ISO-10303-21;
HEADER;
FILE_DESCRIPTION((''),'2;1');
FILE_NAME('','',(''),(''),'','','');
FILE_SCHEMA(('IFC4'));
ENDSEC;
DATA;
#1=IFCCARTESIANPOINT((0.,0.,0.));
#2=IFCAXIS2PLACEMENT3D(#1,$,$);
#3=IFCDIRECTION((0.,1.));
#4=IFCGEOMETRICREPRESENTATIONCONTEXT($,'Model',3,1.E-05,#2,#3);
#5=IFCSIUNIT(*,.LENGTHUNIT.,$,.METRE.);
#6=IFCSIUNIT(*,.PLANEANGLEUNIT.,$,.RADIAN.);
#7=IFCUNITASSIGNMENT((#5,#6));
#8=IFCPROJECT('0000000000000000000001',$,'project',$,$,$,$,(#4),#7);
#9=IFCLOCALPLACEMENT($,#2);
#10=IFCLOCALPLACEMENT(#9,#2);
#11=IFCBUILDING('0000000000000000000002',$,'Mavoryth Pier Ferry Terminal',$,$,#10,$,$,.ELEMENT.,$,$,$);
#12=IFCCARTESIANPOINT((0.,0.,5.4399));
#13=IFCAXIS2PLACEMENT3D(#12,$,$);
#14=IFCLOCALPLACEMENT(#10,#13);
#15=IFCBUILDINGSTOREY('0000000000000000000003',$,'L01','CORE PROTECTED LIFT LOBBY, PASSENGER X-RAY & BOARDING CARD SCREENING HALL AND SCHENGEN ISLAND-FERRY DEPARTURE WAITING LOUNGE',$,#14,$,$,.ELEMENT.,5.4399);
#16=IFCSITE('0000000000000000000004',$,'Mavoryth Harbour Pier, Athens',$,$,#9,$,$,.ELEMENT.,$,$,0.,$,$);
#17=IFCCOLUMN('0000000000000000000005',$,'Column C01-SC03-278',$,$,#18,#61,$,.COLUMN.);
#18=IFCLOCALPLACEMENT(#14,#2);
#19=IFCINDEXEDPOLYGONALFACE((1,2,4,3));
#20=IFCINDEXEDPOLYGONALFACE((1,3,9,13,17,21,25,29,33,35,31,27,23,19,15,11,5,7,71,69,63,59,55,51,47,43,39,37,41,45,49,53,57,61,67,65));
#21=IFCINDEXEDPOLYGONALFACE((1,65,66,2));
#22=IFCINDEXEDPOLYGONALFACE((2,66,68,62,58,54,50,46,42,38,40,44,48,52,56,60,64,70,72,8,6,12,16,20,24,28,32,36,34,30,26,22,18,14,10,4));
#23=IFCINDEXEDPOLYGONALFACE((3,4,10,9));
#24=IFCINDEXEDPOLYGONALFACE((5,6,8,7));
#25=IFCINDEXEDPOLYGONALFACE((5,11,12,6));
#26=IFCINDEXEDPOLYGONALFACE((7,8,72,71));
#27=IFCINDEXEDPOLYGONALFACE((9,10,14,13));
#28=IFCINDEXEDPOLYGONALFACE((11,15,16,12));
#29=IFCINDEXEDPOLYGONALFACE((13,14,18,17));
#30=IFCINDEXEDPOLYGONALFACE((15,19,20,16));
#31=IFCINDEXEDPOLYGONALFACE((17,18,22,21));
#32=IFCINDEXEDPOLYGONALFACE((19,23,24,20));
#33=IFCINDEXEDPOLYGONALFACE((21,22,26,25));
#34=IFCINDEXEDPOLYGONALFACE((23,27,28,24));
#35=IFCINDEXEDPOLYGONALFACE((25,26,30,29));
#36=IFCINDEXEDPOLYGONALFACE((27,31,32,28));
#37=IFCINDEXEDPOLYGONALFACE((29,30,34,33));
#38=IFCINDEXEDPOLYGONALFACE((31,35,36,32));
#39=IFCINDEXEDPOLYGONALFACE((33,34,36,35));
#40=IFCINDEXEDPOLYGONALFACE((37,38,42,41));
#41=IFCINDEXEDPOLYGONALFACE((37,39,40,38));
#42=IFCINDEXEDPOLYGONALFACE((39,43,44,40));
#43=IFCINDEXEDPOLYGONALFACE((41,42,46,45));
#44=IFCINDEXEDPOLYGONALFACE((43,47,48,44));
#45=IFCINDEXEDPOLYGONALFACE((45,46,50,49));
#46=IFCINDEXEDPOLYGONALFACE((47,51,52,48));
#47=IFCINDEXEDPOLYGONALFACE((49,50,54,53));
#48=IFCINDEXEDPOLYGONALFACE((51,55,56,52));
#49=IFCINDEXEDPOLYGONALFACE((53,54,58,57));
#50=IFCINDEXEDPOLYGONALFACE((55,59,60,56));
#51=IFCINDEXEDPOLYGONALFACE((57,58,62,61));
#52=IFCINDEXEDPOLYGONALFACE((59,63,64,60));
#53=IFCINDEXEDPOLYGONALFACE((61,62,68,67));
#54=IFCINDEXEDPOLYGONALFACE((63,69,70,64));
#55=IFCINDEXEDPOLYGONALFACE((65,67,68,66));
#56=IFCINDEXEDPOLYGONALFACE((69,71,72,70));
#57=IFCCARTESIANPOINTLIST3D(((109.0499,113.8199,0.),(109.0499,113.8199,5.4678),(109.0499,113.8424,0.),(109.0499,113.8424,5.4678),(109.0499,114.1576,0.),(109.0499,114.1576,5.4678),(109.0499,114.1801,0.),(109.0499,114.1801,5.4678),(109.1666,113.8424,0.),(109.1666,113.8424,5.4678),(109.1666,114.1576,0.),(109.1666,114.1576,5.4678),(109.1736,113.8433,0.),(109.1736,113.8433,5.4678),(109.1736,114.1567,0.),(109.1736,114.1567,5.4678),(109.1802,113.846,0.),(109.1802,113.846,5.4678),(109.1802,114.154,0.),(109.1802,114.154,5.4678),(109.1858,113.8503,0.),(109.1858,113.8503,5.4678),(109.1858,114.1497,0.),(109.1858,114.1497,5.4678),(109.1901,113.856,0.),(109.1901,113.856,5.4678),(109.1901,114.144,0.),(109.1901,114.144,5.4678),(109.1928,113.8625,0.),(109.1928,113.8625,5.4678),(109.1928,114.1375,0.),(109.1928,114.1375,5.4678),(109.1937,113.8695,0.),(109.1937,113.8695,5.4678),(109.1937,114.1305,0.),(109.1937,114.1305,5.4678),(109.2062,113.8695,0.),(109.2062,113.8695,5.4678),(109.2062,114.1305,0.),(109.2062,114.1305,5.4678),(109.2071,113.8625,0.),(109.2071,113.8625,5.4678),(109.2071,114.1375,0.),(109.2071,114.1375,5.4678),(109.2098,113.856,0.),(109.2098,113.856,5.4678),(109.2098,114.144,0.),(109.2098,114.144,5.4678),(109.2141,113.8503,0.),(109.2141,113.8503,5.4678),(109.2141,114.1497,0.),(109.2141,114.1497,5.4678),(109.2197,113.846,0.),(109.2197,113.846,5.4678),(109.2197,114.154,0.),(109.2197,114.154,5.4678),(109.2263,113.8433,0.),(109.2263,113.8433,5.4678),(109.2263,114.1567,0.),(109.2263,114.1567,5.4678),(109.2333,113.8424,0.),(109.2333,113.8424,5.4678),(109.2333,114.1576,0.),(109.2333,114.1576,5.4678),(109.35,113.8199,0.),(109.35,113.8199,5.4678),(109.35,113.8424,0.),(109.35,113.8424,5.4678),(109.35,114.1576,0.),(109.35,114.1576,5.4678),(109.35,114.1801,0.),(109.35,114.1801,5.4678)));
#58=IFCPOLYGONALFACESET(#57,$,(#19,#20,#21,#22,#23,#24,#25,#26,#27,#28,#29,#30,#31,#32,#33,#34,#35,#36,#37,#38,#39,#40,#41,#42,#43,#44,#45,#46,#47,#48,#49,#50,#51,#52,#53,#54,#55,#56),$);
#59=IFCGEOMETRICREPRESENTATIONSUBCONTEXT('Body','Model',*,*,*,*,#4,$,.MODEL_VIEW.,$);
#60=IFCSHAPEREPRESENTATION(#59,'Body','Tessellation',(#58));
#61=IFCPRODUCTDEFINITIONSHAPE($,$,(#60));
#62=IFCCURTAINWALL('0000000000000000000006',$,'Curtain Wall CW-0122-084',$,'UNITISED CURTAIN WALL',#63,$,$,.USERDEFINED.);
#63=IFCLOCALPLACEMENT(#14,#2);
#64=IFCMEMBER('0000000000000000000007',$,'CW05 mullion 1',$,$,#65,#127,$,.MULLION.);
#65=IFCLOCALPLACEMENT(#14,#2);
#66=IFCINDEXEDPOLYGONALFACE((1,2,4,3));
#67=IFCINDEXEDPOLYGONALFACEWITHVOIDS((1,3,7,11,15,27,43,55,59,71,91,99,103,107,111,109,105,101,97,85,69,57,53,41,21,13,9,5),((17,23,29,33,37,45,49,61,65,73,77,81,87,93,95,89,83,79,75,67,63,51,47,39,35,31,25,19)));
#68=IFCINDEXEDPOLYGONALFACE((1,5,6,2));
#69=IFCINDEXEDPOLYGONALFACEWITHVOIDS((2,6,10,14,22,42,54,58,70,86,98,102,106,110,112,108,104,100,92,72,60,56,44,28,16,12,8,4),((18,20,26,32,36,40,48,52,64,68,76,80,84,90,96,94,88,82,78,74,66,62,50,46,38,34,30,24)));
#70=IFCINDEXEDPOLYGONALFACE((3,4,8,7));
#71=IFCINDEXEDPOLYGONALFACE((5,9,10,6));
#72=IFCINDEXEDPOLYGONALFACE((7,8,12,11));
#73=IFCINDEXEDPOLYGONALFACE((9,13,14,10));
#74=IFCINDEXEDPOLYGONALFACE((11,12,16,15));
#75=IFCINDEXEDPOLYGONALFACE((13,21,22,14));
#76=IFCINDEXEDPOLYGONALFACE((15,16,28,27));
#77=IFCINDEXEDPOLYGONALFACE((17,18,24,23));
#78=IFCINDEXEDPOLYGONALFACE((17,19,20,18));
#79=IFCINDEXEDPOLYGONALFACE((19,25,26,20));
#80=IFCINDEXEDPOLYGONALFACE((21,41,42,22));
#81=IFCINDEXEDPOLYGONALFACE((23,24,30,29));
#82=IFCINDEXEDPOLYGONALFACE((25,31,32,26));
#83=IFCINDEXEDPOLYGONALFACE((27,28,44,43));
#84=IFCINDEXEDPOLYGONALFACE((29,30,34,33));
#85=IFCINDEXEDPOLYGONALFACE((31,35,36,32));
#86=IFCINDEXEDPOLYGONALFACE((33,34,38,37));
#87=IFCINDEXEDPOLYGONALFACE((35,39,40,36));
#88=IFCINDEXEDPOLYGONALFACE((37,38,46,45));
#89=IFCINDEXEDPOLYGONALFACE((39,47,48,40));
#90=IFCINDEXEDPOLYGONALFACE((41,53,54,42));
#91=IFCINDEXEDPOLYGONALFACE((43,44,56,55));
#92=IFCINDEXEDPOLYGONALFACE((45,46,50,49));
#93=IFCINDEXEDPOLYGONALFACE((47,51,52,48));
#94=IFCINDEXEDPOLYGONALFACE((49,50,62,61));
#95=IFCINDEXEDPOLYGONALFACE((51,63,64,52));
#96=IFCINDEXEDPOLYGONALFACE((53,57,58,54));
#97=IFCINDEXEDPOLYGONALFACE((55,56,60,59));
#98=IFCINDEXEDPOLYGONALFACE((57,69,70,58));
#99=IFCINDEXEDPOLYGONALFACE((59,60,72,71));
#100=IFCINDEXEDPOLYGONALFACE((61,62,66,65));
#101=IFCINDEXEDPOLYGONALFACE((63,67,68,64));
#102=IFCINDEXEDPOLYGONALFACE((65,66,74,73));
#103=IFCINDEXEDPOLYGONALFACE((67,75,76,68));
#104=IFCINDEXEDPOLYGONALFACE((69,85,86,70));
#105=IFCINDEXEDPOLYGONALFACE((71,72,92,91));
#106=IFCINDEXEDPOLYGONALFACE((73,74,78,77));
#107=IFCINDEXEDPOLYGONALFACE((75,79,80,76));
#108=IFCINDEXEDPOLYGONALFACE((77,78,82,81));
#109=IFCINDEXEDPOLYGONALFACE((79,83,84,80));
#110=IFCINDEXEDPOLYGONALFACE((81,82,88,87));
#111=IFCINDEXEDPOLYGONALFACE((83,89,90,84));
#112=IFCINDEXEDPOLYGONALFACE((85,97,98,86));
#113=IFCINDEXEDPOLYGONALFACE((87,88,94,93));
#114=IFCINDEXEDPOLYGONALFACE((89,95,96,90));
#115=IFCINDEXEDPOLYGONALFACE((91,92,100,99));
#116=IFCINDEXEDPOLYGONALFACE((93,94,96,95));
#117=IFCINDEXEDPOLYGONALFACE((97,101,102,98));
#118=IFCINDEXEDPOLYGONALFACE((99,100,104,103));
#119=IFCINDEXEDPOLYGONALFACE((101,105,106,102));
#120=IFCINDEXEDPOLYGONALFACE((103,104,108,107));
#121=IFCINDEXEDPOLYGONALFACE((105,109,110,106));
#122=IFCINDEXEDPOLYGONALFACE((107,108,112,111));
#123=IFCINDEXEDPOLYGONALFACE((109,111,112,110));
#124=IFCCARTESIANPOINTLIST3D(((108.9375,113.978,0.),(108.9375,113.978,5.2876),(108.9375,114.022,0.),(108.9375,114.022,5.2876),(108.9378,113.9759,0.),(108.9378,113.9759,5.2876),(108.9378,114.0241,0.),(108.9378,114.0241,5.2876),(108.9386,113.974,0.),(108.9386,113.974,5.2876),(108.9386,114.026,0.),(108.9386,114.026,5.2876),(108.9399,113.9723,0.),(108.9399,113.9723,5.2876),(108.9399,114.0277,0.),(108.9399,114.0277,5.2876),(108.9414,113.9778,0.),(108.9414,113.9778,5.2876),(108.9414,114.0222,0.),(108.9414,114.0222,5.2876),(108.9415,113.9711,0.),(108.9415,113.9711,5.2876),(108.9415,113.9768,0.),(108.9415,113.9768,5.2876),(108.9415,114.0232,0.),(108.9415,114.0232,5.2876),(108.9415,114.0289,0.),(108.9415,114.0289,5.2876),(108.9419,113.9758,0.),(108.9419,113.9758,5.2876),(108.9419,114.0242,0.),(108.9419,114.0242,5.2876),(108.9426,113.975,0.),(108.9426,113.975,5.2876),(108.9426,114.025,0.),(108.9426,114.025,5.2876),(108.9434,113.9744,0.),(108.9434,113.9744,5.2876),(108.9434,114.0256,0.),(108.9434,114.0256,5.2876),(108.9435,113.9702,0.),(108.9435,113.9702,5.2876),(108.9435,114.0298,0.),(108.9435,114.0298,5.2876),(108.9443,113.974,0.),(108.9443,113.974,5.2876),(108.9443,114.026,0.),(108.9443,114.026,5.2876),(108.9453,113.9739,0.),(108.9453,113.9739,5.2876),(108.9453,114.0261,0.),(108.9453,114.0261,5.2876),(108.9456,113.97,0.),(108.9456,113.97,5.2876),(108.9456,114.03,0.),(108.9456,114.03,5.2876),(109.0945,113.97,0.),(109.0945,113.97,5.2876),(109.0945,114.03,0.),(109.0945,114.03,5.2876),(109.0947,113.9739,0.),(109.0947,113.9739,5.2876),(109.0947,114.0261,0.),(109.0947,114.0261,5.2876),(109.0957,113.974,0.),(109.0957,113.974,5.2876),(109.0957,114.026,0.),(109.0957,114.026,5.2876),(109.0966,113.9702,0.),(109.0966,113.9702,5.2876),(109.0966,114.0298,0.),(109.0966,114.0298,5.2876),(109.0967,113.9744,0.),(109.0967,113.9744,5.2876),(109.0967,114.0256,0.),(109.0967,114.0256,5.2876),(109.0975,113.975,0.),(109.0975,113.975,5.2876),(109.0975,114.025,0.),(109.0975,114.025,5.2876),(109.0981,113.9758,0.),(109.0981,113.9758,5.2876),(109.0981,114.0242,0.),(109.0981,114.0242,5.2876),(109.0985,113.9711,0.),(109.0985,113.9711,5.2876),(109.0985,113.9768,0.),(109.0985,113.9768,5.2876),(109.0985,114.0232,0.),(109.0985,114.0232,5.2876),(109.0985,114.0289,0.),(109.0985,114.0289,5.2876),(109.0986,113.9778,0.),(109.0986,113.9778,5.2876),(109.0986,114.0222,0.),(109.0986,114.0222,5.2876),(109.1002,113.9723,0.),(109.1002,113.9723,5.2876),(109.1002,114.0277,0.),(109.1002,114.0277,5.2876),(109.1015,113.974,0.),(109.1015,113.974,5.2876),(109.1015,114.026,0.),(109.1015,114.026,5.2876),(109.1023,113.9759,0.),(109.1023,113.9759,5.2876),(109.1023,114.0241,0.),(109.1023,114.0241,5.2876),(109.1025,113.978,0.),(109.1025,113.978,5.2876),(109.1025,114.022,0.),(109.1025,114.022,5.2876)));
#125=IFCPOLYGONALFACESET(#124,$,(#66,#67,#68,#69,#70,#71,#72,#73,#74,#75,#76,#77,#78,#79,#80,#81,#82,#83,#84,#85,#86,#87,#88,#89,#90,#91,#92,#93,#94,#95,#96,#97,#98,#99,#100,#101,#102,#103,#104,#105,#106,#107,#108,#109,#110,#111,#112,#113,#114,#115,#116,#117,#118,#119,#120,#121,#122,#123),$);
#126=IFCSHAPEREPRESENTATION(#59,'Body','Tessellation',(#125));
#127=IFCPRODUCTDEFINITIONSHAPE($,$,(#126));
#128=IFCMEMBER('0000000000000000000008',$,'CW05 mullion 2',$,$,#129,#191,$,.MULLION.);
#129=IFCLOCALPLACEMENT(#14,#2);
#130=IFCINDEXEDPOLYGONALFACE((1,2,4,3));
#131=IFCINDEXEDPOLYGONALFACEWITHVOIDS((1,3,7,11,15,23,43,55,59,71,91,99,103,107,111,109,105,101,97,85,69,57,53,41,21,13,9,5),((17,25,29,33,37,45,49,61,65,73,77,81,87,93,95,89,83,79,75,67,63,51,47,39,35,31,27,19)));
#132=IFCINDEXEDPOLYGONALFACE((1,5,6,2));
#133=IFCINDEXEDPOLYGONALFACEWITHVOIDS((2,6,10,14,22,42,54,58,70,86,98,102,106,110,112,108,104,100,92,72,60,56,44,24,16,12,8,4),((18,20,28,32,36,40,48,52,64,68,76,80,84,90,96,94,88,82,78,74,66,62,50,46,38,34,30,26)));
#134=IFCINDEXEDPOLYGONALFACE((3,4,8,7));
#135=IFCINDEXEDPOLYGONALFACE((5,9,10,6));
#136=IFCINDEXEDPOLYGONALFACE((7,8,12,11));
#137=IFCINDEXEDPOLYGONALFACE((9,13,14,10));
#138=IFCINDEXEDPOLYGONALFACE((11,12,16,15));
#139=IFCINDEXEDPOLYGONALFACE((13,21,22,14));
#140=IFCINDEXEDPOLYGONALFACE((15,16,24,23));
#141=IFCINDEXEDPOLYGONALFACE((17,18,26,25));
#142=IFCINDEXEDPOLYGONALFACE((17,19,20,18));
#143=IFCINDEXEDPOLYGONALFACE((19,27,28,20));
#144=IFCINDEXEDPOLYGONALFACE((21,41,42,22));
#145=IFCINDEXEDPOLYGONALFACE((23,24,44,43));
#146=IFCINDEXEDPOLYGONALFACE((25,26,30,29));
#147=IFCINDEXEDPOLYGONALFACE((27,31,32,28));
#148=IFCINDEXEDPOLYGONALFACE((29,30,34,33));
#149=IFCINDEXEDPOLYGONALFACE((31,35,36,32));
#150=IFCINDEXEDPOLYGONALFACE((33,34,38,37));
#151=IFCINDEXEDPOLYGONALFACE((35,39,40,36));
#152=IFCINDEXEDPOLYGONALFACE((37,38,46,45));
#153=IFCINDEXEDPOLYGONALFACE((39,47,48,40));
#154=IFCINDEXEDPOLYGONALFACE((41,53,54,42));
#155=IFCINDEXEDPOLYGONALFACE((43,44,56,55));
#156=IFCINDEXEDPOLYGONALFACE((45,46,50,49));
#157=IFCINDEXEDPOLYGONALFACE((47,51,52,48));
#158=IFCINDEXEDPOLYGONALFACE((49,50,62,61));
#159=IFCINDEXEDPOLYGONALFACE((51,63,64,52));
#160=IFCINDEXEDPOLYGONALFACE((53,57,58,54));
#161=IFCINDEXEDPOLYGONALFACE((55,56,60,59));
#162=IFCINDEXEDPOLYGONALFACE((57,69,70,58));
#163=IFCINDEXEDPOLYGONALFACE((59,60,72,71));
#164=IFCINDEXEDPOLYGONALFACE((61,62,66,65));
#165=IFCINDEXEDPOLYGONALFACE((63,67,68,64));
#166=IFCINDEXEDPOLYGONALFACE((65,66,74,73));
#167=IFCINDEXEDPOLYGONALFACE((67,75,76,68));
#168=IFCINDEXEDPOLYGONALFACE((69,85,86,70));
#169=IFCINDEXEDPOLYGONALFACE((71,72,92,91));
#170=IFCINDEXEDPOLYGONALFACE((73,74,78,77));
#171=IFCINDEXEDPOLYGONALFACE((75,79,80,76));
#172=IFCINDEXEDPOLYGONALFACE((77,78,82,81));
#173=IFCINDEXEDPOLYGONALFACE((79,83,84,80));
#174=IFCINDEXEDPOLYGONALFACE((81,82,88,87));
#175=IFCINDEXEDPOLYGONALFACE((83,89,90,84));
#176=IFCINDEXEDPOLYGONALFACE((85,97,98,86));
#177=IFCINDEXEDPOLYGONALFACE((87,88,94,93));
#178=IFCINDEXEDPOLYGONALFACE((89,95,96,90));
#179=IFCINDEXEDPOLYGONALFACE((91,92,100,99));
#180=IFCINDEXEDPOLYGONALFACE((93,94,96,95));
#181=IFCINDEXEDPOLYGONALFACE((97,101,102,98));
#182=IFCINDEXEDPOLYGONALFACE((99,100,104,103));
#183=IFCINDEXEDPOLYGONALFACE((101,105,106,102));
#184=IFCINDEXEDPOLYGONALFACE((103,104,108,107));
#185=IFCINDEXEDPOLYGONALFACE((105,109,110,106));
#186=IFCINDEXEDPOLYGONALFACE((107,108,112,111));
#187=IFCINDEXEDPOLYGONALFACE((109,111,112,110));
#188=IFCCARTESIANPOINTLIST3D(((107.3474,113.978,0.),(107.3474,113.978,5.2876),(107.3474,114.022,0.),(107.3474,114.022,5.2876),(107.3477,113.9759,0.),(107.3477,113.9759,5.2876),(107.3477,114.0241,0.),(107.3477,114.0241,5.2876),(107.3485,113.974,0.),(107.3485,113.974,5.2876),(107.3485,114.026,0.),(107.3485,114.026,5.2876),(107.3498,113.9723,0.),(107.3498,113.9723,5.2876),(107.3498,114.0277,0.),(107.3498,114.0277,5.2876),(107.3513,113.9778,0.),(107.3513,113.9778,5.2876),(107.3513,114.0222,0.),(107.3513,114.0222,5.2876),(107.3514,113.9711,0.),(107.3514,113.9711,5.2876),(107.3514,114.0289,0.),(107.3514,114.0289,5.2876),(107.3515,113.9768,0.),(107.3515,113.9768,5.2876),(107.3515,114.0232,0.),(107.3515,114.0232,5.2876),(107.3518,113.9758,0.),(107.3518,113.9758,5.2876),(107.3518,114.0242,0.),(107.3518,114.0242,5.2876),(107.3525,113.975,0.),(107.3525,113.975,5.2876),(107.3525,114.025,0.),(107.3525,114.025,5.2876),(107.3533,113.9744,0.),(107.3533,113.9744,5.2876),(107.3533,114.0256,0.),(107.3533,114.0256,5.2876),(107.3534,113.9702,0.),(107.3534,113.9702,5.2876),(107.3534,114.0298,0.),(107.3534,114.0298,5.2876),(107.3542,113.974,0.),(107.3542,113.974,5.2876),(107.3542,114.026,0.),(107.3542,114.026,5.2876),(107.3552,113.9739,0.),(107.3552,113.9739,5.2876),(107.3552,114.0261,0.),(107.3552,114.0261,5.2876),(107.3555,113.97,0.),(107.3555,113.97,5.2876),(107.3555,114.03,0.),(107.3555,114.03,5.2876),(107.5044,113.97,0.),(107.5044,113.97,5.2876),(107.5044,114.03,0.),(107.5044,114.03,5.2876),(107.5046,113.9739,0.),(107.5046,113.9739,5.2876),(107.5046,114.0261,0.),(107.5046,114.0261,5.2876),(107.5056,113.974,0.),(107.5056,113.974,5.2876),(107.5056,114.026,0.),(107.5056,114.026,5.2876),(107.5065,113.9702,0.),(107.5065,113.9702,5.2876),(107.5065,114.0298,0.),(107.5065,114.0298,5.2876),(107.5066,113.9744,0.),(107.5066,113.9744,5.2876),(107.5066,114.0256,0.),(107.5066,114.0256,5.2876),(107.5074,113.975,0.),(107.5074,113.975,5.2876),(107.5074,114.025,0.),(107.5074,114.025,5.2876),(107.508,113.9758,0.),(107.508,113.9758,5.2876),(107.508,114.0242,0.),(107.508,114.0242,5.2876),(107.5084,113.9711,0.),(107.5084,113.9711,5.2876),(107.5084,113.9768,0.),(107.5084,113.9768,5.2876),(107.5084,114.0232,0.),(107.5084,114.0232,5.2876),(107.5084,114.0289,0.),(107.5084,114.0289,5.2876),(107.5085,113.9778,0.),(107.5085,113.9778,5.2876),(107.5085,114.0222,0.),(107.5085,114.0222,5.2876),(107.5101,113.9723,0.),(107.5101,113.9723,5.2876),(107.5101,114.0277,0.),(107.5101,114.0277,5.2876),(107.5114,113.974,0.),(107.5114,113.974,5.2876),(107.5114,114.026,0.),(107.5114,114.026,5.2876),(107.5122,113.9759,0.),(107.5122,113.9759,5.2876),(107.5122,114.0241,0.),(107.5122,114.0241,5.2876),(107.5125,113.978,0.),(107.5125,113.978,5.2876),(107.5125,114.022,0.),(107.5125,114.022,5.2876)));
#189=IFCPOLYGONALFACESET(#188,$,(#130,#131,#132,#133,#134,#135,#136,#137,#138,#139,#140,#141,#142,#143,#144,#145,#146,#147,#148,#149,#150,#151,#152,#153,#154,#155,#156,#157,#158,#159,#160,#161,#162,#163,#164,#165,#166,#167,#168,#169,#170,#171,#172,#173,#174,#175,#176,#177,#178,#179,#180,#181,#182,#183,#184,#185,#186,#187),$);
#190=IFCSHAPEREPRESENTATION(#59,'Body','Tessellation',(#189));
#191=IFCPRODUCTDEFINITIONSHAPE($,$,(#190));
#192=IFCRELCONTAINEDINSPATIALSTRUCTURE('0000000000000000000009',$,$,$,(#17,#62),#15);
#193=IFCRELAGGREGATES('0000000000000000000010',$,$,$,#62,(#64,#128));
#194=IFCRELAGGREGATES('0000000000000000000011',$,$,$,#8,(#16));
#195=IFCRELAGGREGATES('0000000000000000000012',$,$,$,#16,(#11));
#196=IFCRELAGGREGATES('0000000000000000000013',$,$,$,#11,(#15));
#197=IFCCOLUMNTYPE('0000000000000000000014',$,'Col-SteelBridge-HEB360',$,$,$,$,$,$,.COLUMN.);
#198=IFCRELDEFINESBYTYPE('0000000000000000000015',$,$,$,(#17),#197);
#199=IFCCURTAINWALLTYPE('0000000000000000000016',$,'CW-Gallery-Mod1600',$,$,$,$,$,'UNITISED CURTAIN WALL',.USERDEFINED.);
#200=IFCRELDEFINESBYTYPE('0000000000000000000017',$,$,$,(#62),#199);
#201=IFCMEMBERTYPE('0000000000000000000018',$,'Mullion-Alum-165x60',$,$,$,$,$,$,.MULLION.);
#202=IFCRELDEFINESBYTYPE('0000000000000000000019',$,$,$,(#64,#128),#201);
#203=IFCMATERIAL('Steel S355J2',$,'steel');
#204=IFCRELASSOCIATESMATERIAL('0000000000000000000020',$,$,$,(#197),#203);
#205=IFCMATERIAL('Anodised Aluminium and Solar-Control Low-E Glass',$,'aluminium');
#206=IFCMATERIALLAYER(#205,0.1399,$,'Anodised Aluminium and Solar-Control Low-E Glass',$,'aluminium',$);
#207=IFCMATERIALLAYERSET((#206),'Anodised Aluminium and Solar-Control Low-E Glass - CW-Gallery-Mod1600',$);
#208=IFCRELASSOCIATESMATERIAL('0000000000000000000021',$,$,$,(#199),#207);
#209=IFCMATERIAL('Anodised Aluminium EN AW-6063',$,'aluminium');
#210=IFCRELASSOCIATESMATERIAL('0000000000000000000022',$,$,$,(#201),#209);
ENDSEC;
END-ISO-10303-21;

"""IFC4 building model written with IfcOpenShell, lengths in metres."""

from ifc_helpers import new_model, si_unit, direction, frame, origin, origin_2d, place, context, subcontext, project, spatial, hollow_rectangle, i_section, extrude, material, layer, layer_set, material_profile, profile_set, type_object, element, aggregate, save


model = new_model("IFC4")

# Units and contexts
model_context = context("Model", 3, precision=1e-05, world=origin(), true_north=direction((0.0, 1.0)))
body_context = subcontext(model_context, "Body", "Model", "MODEL_VIEW")
ifc_project = project(units=[si_unit("LENGTHUNIT", "METRE"), si_unit("PLANEANGLEUNIT", "RADIAN")], contexts=[model_context])

# Site, building, storey
site_placement = place(None, origin())
site = spatial("IfcSite", under=ifc_project, at=site_placement, Name="Mavoryth Harbour Pier, Athens", CompositionType="ELEMENT", RefElevation=0.0)
building_placement = place(site_placement, origin())
building = spatial("IfcBuilding", under=site, at=building_placement, Name="Mavoryth Pier Ferry Terminal", CompositionType="ELEMENT")
storey_placement = place(building_placement, frame((0.0, 0.0, 5.4399)))
storey = spatial("IfcBuildingStorey", under=building, at=storey_placement, Name="L01", Description="CORE PROTECTED LIFT LOBBY, PASSENGER X-RAY & BOARDING CARD SCREENING HALL AND SCHENGEN ISLAND-FERRY DEPARTURE WAITING LOUNGE", CompositionType="ELEMENT", Elevation=5.4399)

# Column
ifc_material_1 = material(Name="Steel S355J2", Category="steel")
ifc_material_profile_1 = material_profile(ifc_material_1, i_section(OverallWidth=0.3, OverallDepth=0.3601, WebThickness=0.0125, FlangeThickness=0.0225, FilletRadius=0.0271, at=origin_2d()), Name="HEB 360", Category="steel")
ifc_profile_set_1 = profile_set([ifc_material_profile_1], Name="Steel S355J2 - HEB 360")
column_type = type_object("IfcColumnType", Name="Col-SteelBridge-HEB360", PredefinedType="COLUMN", material=ifc_profile_set_1)
column_placement = place(storey_placement, frame((109.2, 114.0, 0.0), z_axis=(0.0, 0.0, 1.0), x_axis=(1.0, 0.0, 0.0)))
element("IfcColumn", 1, at=column_placement, inside=storey, type_object=column_type, Name="Column C01-SC03-278", PredefinedType="COLUMN", context=body_context, shape_type="SweptSolid", body=[
    extrude(i_section(OverallWidth=0.3, OverallDepth=0.3601, WebThickness=0.0125, FlangeThickness=0.0225, FilletRadius=0.0271, at=origin_2d()), origin(), (0.0, 0.0, 1.0), 5.4678),
])

# Curtain wall, members
ifc_material_2 = material(Name="Anodised Aluminium and Solar-Control Low-E Glass", Category="aluminium")
ifc_layer_1 = layer(ifc_material_2, 0.1399, Name="Anodised Aluminium and Solar-Control Low-E Glass", Category="aluminium")
ifc_layer_set_1 = layer_set([ifc_layer_1], Name="Anodised Aluminium and Solar-Control Low-E Glass - CW-Gallery-Mod1600")
curtain_wall_type = type_object("IfcCurtainWallType", Name="CW-Gallery-Mod1600", ElementType="UNITISED CURTAIN WALL", PredefinedType="USERDEFINED", material=ifc_layer_set_1)
curtain_wall_1_placement = place(storey_placement, origin())
curtain_wall_1 = element("IfcCurtainWall", 2, at=curtain_wall_1_placement, inside=storey, type_object=curtain_wall_type, Name="Curtain Wall CW-0122-084", ObjectType="UNITISED CURTAIN WALL", PredefinedType="USERDEFINED")
ifc_material_3 = material(Name="Anodised Aluminium EN AW-6063", Category="aluminium")
ifc_material_profile_2 = material_profile(ifc_material_3, hollow_rectangle(XDim=0.0601, YDim=0.165, WallThickness=0.0039, InnerFilletRadius=0.0039, OuterFilletRadius=0.0081, at=origin_2d()), Name="AL-MULL 165x60x4", Category="aluminium")
ifc_profile_set_2 = profile_set([ifc_material_profile_2], Name="Anodised Aluminium EN AW-6063 - AL-MULL 165x60x4")
member_type_1 = type_object("IfcMemberType", Name="Mullion-Alum-165x60", PredefinedType="MULLION", material=ifc_profile_set_2)
member_1_placement = place(storey_placement, frame((109.02, 114.0, 0.0), z_axis=(0.0, 0.0, 1.0), x_axis=(0.0, -1.0, 0.0)))
member_1 = element("IfcMember", 3, at=member_1_placement, type_object=member_type_1, Name="CW05 mullion 1", PredefinedType="MULLION", context=body_context, shape_type="SweptSolid", body=[
    extrude(hollow_rectangle(XDim=0.0601, YDim=0.165, WallThickness=0.0039, InnerFilletRadius=0.0039, OuterFilletRadius=0.0081, at=origin_2d()), origin(), (0.0, 0.0, 1.0), 5.2876),
])
member_2_placement = place(storey_placement, frame((107.4299, 114.0, 0.0), z_axis=(0.0, 0.0, 1.0), x_axis=(0.0, -1.0, 0.0)))
member_2 = element("IfcMember", 4, at=member_2_placement, type_object=member_type_1, Name="CW05 mullion 2", PredefinedType="MULLION", context=body_context, shape_type="SweptSolid", body=[
    extrude(hollow_rectangle(XDim=0.0601, YDim=0.165, WallThickness=0.0039, InnerFilletRadius=0.0039, OuterFilletRadius=0.0081, at=origin_2d()), origin(), (0.0, 0.0, 1.0), 5.2876),
])

aggregate(curtain_wall_1, [member_1, member_2])

save(model, "model.ifc")
